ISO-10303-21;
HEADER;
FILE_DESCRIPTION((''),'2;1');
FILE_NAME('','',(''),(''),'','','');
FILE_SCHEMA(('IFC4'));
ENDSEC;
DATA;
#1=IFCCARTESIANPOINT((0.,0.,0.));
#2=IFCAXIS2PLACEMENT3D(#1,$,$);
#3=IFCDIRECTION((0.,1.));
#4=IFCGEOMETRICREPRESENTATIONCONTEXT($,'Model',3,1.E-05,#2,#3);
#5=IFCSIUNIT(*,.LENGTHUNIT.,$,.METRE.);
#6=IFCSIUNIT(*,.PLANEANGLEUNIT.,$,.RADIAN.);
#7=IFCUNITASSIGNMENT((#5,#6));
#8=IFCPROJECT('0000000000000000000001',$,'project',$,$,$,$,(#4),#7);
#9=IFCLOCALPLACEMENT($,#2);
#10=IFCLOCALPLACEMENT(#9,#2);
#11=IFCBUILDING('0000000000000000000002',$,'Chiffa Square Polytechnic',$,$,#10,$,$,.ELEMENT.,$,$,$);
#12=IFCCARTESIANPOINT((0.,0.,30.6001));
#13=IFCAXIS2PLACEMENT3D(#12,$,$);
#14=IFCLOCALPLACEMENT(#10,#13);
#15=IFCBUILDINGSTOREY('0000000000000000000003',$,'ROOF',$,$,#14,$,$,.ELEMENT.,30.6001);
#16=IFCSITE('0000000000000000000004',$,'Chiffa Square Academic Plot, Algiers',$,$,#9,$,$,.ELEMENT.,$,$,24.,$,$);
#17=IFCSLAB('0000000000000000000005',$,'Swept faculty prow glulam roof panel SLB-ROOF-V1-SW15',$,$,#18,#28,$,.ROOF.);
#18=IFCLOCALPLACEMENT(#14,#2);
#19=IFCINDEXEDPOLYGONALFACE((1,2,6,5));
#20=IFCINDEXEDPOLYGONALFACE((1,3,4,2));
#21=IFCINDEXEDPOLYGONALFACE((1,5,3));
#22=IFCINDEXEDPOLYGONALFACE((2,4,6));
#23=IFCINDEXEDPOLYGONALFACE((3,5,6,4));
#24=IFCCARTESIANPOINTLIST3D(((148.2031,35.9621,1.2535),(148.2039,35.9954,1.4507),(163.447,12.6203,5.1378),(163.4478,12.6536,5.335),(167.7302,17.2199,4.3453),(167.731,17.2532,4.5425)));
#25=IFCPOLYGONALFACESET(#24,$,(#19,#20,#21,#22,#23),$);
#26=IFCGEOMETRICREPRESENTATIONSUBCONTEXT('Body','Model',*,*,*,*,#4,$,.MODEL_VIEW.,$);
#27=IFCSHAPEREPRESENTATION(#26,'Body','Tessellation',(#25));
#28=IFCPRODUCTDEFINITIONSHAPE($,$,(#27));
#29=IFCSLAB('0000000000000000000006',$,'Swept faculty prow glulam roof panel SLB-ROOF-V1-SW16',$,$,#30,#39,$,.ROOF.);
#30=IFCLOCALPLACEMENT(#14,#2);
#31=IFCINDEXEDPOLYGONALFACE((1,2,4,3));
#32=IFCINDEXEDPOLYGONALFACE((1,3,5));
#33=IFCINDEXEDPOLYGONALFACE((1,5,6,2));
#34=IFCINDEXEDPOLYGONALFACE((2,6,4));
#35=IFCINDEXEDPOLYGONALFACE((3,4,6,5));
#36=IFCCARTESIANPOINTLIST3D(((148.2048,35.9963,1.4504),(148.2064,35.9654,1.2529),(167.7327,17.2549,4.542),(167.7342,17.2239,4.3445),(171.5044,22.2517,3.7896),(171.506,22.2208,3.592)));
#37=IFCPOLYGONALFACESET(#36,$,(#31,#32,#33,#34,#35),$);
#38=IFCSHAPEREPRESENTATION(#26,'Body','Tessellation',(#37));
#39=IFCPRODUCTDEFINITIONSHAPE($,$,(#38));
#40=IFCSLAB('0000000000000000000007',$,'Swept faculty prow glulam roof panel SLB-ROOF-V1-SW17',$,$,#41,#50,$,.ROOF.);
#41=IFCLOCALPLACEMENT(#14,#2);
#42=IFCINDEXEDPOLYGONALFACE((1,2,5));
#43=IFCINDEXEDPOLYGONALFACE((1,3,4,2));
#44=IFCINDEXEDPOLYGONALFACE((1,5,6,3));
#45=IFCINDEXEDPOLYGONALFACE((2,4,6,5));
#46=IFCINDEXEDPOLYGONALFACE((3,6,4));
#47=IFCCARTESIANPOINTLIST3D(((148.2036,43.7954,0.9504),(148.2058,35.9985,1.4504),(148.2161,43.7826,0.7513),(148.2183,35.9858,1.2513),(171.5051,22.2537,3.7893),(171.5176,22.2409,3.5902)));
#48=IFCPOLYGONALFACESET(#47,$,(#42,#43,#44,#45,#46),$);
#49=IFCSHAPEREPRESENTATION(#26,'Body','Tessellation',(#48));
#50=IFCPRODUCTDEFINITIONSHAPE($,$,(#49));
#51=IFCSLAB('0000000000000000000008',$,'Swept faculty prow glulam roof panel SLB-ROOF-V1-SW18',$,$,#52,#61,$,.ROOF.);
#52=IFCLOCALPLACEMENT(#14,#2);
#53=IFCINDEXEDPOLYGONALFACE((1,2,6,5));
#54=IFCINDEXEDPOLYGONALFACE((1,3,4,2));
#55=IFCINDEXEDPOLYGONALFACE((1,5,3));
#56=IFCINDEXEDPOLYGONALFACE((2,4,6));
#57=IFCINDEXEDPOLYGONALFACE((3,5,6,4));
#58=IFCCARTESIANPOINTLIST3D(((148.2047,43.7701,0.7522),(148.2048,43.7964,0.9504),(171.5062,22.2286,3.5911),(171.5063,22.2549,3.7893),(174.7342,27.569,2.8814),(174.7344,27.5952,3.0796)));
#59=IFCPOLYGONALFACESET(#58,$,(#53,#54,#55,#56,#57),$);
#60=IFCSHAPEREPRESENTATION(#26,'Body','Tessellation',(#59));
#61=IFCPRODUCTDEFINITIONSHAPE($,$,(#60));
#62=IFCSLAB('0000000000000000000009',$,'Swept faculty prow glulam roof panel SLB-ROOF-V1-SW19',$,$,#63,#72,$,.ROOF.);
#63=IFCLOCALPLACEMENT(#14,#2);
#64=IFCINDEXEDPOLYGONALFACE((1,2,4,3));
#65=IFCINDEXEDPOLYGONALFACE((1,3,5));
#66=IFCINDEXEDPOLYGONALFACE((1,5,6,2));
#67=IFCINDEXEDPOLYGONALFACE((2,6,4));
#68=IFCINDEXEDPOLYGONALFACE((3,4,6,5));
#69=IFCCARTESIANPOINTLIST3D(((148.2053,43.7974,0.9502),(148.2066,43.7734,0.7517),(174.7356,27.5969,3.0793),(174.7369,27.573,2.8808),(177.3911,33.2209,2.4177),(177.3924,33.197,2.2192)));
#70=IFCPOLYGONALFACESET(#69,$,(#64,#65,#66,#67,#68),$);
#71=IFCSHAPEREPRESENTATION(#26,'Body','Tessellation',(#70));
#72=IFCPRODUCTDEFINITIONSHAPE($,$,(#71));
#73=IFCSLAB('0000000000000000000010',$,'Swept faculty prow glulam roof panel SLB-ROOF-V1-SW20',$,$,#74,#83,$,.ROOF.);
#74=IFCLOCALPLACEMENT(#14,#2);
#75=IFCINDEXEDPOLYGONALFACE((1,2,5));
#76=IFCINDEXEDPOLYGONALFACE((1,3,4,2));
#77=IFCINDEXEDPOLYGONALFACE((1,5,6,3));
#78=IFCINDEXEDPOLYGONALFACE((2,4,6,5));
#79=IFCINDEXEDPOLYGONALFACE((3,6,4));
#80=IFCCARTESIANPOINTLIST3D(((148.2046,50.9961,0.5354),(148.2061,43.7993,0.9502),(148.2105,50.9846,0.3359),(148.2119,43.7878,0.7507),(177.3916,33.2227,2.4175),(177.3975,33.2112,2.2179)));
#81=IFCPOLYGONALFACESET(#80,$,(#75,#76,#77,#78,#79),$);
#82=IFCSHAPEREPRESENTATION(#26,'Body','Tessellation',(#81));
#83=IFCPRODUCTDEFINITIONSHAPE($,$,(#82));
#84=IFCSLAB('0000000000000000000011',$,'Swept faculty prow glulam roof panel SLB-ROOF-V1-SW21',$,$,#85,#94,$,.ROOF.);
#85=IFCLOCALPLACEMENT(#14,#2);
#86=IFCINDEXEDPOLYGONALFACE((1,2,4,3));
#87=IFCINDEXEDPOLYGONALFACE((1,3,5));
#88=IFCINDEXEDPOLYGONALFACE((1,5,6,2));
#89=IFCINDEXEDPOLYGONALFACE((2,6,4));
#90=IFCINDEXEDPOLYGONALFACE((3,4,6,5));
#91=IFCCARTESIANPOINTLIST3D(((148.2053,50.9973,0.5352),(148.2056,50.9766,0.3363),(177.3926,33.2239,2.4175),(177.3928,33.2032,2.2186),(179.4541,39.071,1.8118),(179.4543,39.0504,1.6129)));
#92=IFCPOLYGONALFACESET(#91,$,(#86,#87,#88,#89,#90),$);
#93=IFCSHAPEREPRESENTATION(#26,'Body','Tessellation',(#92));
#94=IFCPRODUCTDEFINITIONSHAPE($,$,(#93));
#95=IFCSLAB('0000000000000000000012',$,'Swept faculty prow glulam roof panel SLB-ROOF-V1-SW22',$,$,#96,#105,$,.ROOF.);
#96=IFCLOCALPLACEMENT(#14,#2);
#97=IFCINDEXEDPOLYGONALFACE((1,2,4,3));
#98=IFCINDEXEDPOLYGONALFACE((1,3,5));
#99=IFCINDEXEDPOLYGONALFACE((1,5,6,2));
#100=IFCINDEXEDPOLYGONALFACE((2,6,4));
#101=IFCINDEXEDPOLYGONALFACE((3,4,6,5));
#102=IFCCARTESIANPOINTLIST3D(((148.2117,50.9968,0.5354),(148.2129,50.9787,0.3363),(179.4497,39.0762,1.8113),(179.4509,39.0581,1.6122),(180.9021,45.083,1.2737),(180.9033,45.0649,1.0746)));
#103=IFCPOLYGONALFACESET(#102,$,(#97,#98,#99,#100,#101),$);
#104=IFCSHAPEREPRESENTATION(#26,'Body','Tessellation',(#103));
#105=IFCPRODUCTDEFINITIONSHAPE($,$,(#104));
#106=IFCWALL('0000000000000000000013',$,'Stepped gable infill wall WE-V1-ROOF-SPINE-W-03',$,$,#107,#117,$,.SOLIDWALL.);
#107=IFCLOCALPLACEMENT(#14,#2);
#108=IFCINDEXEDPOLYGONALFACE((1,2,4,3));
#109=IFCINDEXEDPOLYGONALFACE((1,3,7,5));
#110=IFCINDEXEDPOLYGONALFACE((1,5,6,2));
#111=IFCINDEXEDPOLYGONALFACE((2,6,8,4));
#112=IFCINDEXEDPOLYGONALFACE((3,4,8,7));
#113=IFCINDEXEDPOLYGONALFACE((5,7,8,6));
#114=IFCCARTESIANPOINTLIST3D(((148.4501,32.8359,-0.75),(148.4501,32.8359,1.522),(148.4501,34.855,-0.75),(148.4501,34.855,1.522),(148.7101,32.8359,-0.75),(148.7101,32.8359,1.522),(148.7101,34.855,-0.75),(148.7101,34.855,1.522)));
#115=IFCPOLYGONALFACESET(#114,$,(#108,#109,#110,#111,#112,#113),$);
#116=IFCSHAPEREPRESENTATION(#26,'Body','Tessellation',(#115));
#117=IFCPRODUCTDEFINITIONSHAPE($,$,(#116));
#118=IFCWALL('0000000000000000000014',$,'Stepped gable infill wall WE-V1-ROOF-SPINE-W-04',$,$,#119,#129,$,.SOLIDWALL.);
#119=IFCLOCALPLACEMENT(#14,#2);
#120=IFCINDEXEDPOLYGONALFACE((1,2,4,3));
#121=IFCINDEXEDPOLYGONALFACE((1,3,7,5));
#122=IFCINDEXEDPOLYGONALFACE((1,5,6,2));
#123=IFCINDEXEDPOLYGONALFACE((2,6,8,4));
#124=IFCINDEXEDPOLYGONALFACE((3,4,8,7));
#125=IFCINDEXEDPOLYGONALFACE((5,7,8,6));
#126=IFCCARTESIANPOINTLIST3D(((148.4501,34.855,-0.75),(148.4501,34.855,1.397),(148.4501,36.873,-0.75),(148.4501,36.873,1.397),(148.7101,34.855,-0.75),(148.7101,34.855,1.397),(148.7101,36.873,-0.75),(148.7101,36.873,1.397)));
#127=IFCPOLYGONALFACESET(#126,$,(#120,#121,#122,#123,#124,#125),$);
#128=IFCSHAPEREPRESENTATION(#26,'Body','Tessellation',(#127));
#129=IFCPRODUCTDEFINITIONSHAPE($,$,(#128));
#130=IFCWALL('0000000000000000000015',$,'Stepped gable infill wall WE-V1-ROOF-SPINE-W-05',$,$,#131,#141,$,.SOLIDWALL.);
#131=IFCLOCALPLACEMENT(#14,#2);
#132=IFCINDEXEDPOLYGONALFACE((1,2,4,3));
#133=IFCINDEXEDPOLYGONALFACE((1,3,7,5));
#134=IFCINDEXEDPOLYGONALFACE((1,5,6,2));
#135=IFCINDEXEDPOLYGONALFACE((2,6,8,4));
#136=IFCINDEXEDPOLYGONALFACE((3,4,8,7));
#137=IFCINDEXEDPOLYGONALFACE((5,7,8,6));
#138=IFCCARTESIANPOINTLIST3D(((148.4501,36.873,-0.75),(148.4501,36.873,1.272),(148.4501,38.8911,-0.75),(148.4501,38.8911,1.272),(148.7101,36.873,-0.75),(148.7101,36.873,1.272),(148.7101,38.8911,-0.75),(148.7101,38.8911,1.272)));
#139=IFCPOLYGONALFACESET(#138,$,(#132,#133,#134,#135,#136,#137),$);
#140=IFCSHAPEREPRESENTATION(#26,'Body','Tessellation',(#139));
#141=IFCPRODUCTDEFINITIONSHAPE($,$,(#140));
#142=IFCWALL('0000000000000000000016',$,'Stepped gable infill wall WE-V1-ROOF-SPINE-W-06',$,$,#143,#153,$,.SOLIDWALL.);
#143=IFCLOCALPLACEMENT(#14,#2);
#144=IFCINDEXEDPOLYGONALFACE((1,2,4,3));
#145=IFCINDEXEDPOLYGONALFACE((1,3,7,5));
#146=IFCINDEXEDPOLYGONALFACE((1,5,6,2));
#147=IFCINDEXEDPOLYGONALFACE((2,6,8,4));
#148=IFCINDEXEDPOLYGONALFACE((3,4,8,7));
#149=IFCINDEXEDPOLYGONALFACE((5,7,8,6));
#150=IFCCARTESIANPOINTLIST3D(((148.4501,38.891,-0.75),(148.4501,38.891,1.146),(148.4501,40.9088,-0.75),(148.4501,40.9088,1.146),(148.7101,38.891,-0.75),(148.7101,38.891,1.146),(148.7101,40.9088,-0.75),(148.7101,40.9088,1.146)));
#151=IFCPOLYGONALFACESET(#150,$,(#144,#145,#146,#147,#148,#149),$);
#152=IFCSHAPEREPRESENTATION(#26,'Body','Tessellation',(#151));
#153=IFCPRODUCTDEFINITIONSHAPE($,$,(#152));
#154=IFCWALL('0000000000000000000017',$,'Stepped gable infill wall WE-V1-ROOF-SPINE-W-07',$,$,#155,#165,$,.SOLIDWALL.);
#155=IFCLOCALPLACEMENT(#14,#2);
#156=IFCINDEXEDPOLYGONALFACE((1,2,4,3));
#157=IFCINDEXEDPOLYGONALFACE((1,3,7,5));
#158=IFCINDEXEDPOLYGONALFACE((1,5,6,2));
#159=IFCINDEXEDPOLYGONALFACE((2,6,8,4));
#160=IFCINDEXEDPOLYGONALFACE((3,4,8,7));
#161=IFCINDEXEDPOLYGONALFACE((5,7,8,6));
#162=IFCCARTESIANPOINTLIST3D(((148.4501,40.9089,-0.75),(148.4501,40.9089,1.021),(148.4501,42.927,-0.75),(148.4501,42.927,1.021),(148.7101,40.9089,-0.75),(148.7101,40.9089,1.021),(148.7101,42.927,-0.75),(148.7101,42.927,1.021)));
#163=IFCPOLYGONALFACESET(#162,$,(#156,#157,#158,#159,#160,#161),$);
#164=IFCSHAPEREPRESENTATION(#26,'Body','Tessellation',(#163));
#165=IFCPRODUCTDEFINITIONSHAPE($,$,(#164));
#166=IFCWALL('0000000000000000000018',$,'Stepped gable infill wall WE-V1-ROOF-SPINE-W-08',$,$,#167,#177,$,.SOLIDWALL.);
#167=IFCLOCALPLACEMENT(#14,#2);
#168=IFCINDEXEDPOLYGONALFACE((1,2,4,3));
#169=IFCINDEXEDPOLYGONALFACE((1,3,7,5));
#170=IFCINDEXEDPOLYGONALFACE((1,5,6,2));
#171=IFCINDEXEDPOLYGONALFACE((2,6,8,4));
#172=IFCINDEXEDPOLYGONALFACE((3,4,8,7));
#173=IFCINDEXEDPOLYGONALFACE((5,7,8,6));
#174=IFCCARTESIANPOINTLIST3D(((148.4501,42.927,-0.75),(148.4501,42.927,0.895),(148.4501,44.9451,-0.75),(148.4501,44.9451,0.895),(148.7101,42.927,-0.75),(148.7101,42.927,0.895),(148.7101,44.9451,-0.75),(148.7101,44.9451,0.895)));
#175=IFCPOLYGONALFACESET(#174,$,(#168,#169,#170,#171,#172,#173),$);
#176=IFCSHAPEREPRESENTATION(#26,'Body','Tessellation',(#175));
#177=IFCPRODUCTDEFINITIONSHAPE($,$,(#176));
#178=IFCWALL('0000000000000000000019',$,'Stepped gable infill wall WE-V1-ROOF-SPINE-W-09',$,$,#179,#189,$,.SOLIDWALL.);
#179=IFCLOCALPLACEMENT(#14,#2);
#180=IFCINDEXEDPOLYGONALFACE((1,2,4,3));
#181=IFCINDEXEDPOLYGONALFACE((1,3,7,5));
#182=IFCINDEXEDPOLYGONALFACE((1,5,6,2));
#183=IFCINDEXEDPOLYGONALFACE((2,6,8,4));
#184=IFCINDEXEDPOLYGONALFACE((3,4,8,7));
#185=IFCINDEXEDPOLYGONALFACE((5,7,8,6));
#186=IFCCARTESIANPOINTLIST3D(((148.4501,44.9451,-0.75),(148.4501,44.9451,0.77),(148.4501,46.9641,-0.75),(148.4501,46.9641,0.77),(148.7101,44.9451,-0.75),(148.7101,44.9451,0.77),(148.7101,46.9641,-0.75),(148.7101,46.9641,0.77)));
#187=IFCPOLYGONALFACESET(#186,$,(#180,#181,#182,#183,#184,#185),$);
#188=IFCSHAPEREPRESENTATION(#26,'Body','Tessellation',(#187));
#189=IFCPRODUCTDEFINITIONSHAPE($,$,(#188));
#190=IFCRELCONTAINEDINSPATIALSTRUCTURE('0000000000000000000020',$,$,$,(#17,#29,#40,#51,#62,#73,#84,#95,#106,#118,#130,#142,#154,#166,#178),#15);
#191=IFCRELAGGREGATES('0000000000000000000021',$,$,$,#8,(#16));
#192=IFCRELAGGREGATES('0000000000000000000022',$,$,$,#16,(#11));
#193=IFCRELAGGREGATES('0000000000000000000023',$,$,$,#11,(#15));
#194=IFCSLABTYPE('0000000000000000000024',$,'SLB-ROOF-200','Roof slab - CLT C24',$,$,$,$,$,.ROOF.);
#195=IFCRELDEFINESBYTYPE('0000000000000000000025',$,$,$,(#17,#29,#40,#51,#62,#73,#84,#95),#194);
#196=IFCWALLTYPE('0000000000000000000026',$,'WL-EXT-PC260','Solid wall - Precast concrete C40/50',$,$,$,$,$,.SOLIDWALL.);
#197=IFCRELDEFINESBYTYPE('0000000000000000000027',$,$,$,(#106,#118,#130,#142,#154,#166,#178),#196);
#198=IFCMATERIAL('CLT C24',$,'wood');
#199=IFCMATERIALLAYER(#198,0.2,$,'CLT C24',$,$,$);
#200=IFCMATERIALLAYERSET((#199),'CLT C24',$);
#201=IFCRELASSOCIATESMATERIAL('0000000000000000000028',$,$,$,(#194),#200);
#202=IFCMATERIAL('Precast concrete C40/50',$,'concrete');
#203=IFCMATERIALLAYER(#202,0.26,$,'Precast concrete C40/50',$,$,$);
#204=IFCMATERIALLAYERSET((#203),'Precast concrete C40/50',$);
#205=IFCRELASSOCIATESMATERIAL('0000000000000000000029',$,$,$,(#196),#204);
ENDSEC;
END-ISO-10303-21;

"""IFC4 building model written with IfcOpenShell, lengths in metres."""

from ifc_helpers import new_model, si_unit, direction, frame, frame_2d, origin, place, context, subcontext, project, spatial, polyline, rectangle, outline, extrude, material, layer, layer_set, type_object, element, save


model = new_model("IFC4")

# Units and contexts
model_context = context("Model", 3, precision=1e-05, world=origin(), true_north=direction((0.0, 1.0)))
body_context = subcontext(model_context, "Body", "Model", "MODEL_VIEW")
ifc_project = project(units=[si_unit("LENGTHUNIT", "METRE"), si_unit("PLANEANGLEUNIT", "RADIAN")], contexts=[model_context])

# Site, building, storey
site_placement = place(None, origin())
site = spatial("IfcSite", under=ifc_project, at=site_placement, Name="Chiffa Square Academic Plot, Algiers", CompositionType="ELEMENT", RefElevation=24.0)
building_placement = place(site_placement, origin())
building = spatial("IfcBuilding", under=site, at=building_placement, Name="Chiffa Square Polytechnic", CompositionType="ELEMENT")
storey_placement = place(building_placement, frame((0.0, 0.0, 30.6001)))
storey = spatial("IfcBuildingStorey", under=building, at=storey_placement, Name="ROOF", CompositionType="ELEMENT", Elevation=30.6001)

# Slabs
ifc_material_1 = material(Name="CLT C24", Category="wood")
ifc_layer_1 = layer(ifc_material_1, 0.2, Name="CLT C24")
ifc_layer_set_1 = layer_set([ifc_layer_1], Name="CLT C24")
slab_type = type_object("IfcSlabType", Name="SLB-ROOF-200", Description="Roof slab - CLT C24", PredefinedType="ROOF", material=ifc_layer_set_1)
slab_1_placement = place(storey_placement, frame((148.2039, 35.9954, 1.4507), z_axis=(0.003662, 0.166477, 0.986039), x_axis=(0.541565, -0.829256, 0.137995)))
element("IfcSlab", 1, at=slab_1_placement, inside=storey, type_object=slab_type, Name="Swept faculty prow glulam roof panel SLB-ROOF-V1-SW15", PredefinedType="ROOF", context=body_context, shape_type="SweptSolid", body=[
    extrude(outline(polyline([(0.0, 0.0), (28.1479, 0.0), (26.5439, 6.1284), (0.0, 0.0)])), origin(), (0.0, 0.0, -1.0), 0.2),
])
slab_2_placement = place(storey_placement, frame((148.2048, 35.9963, 1.4504), z_axis=(-0.007903, 0.154731, 0.987925), x_axis=(0.716824, -0.687957, 0.113484)))
element("IfcSlab", 2, at=slab_2_placement, inside=storey, type_object=slab_type, Name="Swept faculty prow glulam roof panel SLB-ROOF-V1-SW16", PredefinedType="ROOF", context=body_context, shape_type="SweptSolid", body=[
    extrude(outline(polyline([(0.0, 0.0), (27.2422, 0.0), (26.4228, 6.2521), (0.0, 0.0)])), origin(), (0.0, 0.0, -1.0), 0.2),
])
slab_3_placement = place(storey_placement, frame((148.2058, 35.9985, 1.4504), z_axis=(-0.062313, 0.063855, 0.996012), x_axis=(0.858096, -0.506213, 0.086139)))
element("IfcSlab", 3, at=slab_3_placement, inside=storey, type_object=slab_type, Name="Swept faculty prow glulam roof panel SLB-ROOF-V1-SW17", PredefinedType="ROOF", context=body_context, shape_type="SweptSolid", body=[
    extrude(outline(polyline([(0.0, 0.0), (27.1523, 0.0), (-3.9918, 6.7161), (0.0, 0.0)])), origin(), (0.0, 0.0, -1.0), 0.2),
])
slab_4_placement = place(storey_placement, frame((148.2048, 43.7964, 0.9504), z_axis=(0.000654, 0.131351, 0.991336), x_axis=(0.731373, -0.676131, 0.089105)))
element("IfcSlab", 4, at=slab_4_placement, inside=storey, type_object=slab_type, Name="Swept faculty prow glulam roof panel SLB-ROOF-V1-SW18", PredefinedType="ROOF", context=body_context, shape_type="SweptSolid", body=[
    extrude(outline(polyline([(0.0, 0.0), (31.8599, 0.0), (30.5468, 6.1416), (0.0, 0.0)])), origin(), (0.0, 0.0, -1.0), 0.2),
])
slab_5_placement = place(storey_placement, frame((148.2053, 43.7974, 0.9502), z_axis=(-0.006486, 0.119854, 0.99277), x_axis=(0.851466, -0.519939, 0.068333)))
element("IfcSlab", 5, at=slab_5_placement, inside=storey, type_object=slab_type, Name="Swept faculty prow glulam roof panel SLB-ROOF-V1-SW19", PredefinedType="ROOF", context=body_context, shape_type="SweptSolid", body=[
    extrude(outline(polyline([(0.0, 0.0), (31.1584, 0.0), (30.4501, 6.2143), (0.0, 0.0)])), origin(), (0.0, 0.0, -1.0), 0.2),
])
slab_6_placement = place(storey_placement, frame((148.2061, 43.7993, 0.9502), z_axis=(-0.029328, 0.05751, 0.997914), x_axis=(0.93912, -0.340331, 0.047214)))
element("IfcSlab", 6, at=slab_6_placement, inside=storey, type_object=slab_type, Name="Swept faculty prow glulam roof panel SLB-ROOF-V1-SW20", PredefinedType="ROOF", context=body_context, shape_type="SweptSolid", body=[
    extrude(outline(polyline([(0.0, 0.0), (31.0776, 0.0), (-2.4702, 6.7723), (0.0, 0.0)])), origin(), (0.0, 0.0, -1.0), 0.2),
])
slab_7_placement = place(storey_placement, frame((148.2053, 50.9973, 0.5352), z_axis=(-0.001155, 0.103442, 0.994635), x_axis=(0.852811, -0.519315, 0.054999)))
element("IfcSlab", 7, at=slab_7_placement, inside=storey, type_object=slab_type, Name="Swept faculty prow glulam roof panel SLB-ROOF-V1-SW21", PredefinedType="ROOF", context=body_context, shape_type="SweptSolid", body=[
    extrude(outline(polyline([(0.0, 0.0), (34.2248, 0.0), (32.913, 6.0898), (0.0, 0.0)])), origin(), (0.0, 0.0, -1.0), 0.2),
])
slab_8_placement = place(storey_placement, frame((148.2117, 50.9968, 0.5354), z_axis=(-0.0061, 0.090603, 0.995868), x_axis=(0.933605, -0.35627, 0.038132)))
element("IfcSlab", 8, at=slab_8_placement, inside=storey, type_object=slab_type, Name="Swept faculty prow glulam roof panel SLB-ROOF-V1-SW22", PredefinedType="ROOF", context=body_context, shape_type="SweptSolid", body=[
    extrude(outline(polyline([(0.0, 0.0), (33.4596, 0.0), (32.655, 6.1509), (0.0, 0.0)])), origin(), (0.0, 0.0, -1.0), 0.2),
])

# Walls
ifc_material_2 = material(Name="Precast concrete C40/50", Category="concrete")
ifc_layer_2 = layer(ifc_material_2, 0.26, Name="Precast concrete C40/50")
ifc_layer_set_2 = layer_set([ifc_layer_2], Name="Precast concrete C40/50")
wall_type_1 = type_object("IfcWallType", Name="WL-EXT-PC260", Description="Solid wall - Precast concrete C40/50", PredefinedType="SOLIDWALL", material=ifc_layer_set_2)
wall_1_placement = place(storey_placement, frame((148.5801, 32.8359, -0.75), z_axis=(0.0, 0.0, 1.0), x_axis=(0.0, 1.0, 0.0)))
element("IfcWall", 9, at=wall_1_placement, inside=storey, type_object=wall_type_1, Name="Stepped gable infill wall WE-V1-ROOF-SPINE-W-03", PredefinedType="SOLIDWALL", context=body_context, shape_type="SweptSolid", body=[
    extrude(rectangle(XDim=2.019, YDim=0.26, at=frame_2d((1.0095, 0.0))), origin(), (0.0, 0.0, 1.0), 2.272),
])
wall_2_placement = place(storey_placement, frame((148.5801, 34.855, -0.75), z_axis=(0.0, 0.0, 1.0), x_axis=(0.0, 1.0, 0.0)))
element("IfcWall", 10, at=wall_2_placement, inside=storey, type_object=wall_type_1, Name="Stepped gable infill wall WE-V1-ROOF-SPINE-W-04", PredefinedType="SOLIDWALL", context=body_context, shape_type="SweptSolid", body=[
    extrude(rectangle(XDim=2.0181, YDim=0.26, at=frame_2d((1.009, 0.0))), origin(), (0.0, 0.0, 1.0), 2.147),
])
wall_3_placement = place(storey_placement, frame((148.5801, 36.873, -0.75), z_axis=(0.0, 0.0, 1.0), x_axis=(0.0, 1.0, 0.0)))
element("IfcWall", 11, at=wall_3_placement, inside=storey, type_object=wall_type_1, Name="Stepped gable infill wall WE-V1-ROOF-SPINE-W-05", PredefinedType="SOLIDWALL", context=body_context, shape_type="SweptSolid", body=[
    extrude(rectangle(XDim=2.0181, YDim=0.26, at=frame_2d((1.009, 0.0))), origin(), (0.0, 0.0, 1.0), 2.022),
])
wall_4_placement = place(storey_placement, frame((148.5801, 38.8911, -0.75), z_axis=(0.0, 0.0, 1.0), x_axis=(0.0, 1.0, 0.0)))
element("IfcWall", 12, at=wall_4_placement, inside=storey, type_object=wall_type_1, Name="Stepped gable infill wall WE-V1-ROOF-SPINE-W-06", PredefinedType="SOLIDWALL", context=body_context, shape_type="SweptSolid", body=[
    extrude(rectangle(XDim=2.0178, YDim=0.26, at=frame_2d((1.0088, 0.0))), origin(), (0.0, 0.0, 1.0), 1.896),
])
wall_5_placement = place(storey_placement, frame((148.5801, 40.9089, -0.75), z_axis=(0.0, 0.0, 1.0), x_axis=(0.0, 1.0, 0.0)))
element("IfcWall", 13, at=wall_5_placement, inside=storey, type_object=wall_type_1, Name="Stepped gable infill wall WE-V1-ROOF-SPINE-W-07", PredefinedType="SOLIDWALL", context=body_context, shape_type="SweptSolid", body=[
    extrude(rectangle(XDim=2.0181, YDim=0.26, at=frame_2d((1.009, 0.0))), origin(), (0.0, 0.0, 1.0), 1.771),
])
wall_6_placement = place(storey_placement, frame((148.5801, 42.927, -0.75), z_axis=(0.0, 0.0, 1.0), x_axis=(0.0, 1.0, 0.0)))
element("IfcWall", 14, at=wall_6_placement, inside=storey, type_object=wall_type_1, Name="Stepped gable infill wall WE-V1-ROOF-SPINE-W-08", PredefinedType="SOLIDWALL", context=body_context, shape_type="SweptSolid", body=[
    extrude(rectangle(XDim=2.0181, YDim=0.26, at=frame_2d((1.009, 0.0))), origin(), (0.0, 0.0, 1.0), 1.645),
])
wall_7_placement = place(storey_placement, frame((148.5801, 44.9451, -0.75), z_axis=(0.0, 0.0, 1.0), x_axis=(0.0, 1.0, 0.0)))
element("IfcWall", 15, at=wall_7_placement, inside=storey, type_object=wall_type_1, Name="Stepped gable infill wall WE-V1-ROOF-SPINE-W-09", PredefinedType="SOLIDWALL", context=body_context, shape_type="SweptSolid", body=[
    extrude(rectangle(XDim=2.019, YDim=0.26, at=frame_2d((1.0095, 0.0))), origin(), (0.0, 0.0, 1.0), 1.52),
])

save(model, "model.ifc")
